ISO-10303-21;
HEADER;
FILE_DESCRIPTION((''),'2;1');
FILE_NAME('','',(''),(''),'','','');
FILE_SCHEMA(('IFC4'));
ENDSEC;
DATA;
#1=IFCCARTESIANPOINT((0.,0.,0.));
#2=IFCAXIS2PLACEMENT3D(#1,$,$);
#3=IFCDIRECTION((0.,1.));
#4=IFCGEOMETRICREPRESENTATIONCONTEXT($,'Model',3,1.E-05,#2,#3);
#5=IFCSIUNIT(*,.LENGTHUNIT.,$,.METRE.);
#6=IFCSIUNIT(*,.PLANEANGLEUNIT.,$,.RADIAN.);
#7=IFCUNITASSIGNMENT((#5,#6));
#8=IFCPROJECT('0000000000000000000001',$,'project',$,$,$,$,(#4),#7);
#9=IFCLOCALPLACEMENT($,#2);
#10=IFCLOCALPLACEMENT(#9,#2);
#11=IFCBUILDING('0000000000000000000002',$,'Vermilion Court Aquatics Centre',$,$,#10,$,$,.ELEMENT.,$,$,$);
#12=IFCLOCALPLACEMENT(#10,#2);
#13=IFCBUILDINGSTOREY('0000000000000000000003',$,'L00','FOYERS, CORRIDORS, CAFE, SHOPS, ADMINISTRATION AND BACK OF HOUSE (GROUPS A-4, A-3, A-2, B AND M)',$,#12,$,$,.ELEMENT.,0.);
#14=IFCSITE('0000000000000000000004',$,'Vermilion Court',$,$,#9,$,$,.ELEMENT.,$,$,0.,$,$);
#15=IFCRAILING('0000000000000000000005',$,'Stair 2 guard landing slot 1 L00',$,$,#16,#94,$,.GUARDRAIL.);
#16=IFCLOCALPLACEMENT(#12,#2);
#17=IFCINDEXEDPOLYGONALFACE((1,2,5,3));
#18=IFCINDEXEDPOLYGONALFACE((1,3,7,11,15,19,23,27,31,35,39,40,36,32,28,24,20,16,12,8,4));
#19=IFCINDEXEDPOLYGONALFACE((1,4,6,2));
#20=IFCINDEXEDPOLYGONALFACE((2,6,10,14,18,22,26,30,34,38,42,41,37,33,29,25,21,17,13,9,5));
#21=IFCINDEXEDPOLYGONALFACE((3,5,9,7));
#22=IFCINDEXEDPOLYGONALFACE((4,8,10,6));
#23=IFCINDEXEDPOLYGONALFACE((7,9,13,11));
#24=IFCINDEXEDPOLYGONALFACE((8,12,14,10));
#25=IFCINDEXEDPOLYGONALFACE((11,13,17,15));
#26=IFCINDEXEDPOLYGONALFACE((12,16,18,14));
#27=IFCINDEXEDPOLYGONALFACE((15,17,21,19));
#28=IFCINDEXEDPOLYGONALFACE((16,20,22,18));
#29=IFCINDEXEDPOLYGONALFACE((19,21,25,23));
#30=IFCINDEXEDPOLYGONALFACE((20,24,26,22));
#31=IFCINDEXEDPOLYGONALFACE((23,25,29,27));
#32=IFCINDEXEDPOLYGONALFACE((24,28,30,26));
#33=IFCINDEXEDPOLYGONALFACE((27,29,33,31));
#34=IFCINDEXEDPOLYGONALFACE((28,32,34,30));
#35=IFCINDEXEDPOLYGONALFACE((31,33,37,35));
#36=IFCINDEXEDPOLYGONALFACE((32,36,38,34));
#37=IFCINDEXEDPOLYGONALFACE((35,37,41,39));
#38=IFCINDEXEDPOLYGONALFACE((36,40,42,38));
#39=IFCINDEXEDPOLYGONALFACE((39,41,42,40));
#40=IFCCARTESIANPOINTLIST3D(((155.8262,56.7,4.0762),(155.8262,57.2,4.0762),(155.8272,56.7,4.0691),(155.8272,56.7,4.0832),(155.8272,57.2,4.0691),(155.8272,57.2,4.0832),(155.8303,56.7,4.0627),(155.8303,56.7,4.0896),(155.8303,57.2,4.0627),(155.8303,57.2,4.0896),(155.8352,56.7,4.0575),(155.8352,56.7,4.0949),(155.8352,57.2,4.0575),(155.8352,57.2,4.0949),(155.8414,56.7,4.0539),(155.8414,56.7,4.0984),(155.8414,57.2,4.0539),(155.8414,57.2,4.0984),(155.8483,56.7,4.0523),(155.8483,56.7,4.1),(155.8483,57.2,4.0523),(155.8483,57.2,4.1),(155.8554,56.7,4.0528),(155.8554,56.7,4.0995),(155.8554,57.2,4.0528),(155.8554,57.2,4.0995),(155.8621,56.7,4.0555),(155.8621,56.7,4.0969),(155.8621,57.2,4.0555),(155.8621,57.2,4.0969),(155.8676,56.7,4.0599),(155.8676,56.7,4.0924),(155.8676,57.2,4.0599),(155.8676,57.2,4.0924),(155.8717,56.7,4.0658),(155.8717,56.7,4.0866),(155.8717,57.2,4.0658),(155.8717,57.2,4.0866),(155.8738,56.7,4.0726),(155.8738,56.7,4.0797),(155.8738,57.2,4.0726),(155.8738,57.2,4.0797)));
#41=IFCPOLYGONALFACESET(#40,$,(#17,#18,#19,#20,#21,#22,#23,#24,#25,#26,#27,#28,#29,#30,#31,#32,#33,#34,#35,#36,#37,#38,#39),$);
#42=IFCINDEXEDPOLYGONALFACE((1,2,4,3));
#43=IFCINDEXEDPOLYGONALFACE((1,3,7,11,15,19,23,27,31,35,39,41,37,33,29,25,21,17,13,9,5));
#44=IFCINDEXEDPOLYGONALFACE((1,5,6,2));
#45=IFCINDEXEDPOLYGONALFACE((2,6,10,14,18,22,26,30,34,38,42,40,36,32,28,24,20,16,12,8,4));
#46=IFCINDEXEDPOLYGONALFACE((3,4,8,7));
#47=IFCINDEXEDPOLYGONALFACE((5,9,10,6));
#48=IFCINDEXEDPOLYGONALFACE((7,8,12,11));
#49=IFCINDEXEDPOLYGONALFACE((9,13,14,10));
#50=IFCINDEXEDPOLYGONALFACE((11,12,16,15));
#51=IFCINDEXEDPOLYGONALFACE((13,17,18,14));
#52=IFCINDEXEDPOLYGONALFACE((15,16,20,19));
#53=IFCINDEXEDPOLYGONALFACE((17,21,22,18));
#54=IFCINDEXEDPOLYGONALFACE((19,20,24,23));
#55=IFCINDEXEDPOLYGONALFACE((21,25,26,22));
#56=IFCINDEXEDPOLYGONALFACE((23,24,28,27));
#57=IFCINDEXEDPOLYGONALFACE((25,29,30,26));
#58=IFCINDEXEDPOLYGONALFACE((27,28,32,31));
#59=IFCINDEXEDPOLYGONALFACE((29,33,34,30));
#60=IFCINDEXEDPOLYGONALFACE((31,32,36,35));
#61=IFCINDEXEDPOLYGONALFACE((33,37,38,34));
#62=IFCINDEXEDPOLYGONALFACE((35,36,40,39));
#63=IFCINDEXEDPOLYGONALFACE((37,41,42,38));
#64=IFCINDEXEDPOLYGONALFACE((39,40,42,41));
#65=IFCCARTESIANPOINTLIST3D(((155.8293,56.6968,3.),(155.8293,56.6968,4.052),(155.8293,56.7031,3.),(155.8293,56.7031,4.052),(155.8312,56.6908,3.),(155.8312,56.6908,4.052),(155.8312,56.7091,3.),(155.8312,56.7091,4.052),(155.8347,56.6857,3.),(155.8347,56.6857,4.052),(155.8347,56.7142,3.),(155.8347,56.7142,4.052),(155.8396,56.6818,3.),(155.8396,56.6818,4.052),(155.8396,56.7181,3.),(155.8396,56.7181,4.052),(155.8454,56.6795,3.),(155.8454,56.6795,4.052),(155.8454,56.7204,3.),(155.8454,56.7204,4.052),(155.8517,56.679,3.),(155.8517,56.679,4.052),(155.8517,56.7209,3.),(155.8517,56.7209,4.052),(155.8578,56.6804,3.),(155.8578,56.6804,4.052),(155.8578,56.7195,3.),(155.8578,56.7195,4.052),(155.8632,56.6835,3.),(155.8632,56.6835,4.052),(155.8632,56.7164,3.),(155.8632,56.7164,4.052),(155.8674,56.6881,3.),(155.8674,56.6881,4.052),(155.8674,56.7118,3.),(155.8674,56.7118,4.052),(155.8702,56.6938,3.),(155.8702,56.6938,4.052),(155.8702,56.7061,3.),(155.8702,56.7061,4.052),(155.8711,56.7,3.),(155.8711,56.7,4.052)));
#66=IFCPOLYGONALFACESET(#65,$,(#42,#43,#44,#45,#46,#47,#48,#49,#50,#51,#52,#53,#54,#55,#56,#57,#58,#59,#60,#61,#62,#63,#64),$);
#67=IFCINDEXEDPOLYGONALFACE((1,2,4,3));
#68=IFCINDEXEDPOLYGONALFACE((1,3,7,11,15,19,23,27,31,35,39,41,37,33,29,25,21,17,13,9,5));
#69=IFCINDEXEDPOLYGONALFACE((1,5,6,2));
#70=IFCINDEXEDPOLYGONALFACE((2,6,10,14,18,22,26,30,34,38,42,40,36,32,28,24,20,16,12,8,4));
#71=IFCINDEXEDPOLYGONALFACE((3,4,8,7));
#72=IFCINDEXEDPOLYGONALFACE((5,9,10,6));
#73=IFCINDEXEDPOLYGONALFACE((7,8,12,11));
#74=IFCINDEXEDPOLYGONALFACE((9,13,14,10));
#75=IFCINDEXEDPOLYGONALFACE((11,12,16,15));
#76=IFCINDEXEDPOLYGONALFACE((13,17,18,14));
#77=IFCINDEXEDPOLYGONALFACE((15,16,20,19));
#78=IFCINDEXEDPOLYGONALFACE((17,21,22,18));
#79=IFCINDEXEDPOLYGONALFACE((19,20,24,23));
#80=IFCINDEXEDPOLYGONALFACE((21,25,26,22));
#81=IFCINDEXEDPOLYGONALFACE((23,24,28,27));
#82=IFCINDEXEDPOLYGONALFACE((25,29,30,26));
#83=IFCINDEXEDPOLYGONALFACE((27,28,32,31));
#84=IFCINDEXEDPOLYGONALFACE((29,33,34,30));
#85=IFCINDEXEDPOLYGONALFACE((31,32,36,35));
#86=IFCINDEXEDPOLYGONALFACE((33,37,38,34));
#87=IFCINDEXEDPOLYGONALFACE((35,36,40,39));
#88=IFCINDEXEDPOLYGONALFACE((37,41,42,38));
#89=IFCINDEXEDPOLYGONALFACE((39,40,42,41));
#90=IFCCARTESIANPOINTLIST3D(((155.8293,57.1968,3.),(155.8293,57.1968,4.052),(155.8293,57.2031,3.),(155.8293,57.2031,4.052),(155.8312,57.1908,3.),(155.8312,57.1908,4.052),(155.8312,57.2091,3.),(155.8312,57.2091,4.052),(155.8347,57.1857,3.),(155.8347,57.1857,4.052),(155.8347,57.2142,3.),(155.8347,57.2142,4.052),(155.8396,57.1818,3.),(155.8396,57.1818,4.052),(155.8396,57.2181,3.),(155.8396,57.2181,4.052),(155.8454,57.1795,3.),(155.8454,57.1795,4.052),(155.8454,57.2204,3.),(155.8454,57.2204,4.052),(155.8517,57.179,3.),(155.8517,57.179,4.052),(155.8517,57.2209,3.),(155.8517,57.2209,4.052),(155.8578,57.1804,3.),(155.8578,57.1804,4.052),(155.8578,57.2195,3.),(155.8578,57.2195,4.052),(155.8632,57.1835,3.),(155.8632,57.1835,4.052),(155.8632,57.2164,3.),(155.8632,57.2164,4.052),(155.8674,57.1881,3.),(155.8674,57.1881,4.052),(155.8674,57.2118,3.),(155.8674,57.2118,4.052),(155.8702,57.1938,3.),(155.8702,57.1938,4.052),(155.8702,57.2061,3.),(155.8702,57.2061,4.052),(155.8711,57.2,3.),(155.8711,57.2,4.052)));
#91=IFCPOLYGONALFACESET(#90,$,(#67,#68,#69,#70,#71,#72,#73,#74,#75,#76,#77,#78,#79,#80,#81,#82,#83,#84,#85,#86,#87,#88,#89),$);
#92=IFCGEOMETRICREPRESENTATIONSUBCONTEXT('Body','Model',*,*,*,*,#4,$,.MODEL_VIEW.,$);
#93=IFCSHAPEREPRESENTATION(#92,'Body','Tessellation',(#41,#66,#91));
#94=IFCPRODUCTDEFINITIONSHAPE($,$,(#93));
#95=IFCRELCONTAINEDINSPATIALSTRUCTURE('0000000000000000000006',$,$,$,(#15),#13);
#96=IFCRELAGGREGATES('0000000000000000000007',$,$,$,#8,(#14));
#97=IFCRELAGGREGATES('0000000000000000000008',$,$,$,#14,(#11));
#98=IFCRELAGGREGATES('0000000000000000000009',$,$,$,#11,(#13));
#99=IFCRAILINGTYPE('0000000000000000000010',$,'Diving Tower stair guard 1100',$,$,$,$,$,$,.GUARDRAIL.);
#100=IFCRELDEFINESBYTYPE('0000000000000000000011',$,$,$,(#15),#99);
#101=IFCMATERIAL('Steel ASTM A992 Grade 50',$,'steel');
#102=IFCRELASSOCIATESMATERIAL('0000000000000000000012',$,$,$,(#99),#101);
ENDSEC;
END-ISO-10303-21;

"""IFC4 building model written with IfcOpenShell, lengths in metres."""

from ifc_helpers import new_model, si_unit, direction, frame, origin, origin_2d, place, context, subcontext, project, spatial, circle, extrude, material, type_object, element, save


model = new_model("IFC4")

# Units and contexts
model_context = context("Model", 3, precision=1e-05, world=origin(), true_north=direction((0.0, 1.0)))
body_context = subcontext(model_context, "Body", "Model", "MODEL_VIEW")
ifc_project = project(units=[si_unit("LENGTHUNIT", "METRE"), si_unit("PLANEANGLEUNIT", "RADIAN")], contexts=[model_context])

# Site, building, storey
site_placement = place(None, origin())
site = spatial("IfcSite", under=ifc_project, at=site_placement, Name="Vermilion Court", CompositionType="ELEMENT", RefElevation=0.0)
building_placement = place(site_placement, origin())
building = spatial("IfcBuilding", under=site, at=building_placement, Name="Vermilion Court Aquatics Centre", CompositionType="ELEMENT")
storey_placement = place(building_placement, origin())
storey = spatial("IfcBuildingStorey", under=building, at=storey_placement, Name="L00", Description="FOYERS, CORRIDORS, CAFE, SHOPS, ADMINISTRATION AND BACK OF HOUSE (GROUPS A-4, A-3, A-2, B AND M)", CompositionType="ELEMENT", Elevation=0.0)

# Railing
ifc_material_1 = material(Name="Steel ASTM A992 Grade 50", Category="steel")
railing_type_1 = type_object("IfcRailingType", Name="Diving Tower stair guard 1100", PredefinedType="GUARDRAIL", material=ifc_material_1)
railing_1_placement = place(storey_placement, frame((155.8501, 56.7, 3.0)))
element("IfcRailing", 1, at=railing_1_placement, inside=storey, type_object=railing_type_1, Name="Stair 2 guard landing slot 1 L00", PredefinedType="GUARDRAIL", context=body_context, shape_type="SweptSolid", body=[
    extrude(circle(Radius=0.0239, at=origin_2d()), frame((0.0, 0.0, 1.0762), z_axis=(0.0, 1.0, 0.0), x_axis=(-1.0, 0.0, 0.0)), (0.0, 0.0, 1.0), 0.5),
    extrude(circle(Radius=0.021, at=origin_2d()), origin(), (0.0, 0.0, 1.0), 1.052),
    extrude(circle(Radius=0.021, at=origin_2d()), frame((0.0, 0.5, 0.0)), (0.0, 0.0, 1.0), 1.052),
])

save(model, "model.ifc")
